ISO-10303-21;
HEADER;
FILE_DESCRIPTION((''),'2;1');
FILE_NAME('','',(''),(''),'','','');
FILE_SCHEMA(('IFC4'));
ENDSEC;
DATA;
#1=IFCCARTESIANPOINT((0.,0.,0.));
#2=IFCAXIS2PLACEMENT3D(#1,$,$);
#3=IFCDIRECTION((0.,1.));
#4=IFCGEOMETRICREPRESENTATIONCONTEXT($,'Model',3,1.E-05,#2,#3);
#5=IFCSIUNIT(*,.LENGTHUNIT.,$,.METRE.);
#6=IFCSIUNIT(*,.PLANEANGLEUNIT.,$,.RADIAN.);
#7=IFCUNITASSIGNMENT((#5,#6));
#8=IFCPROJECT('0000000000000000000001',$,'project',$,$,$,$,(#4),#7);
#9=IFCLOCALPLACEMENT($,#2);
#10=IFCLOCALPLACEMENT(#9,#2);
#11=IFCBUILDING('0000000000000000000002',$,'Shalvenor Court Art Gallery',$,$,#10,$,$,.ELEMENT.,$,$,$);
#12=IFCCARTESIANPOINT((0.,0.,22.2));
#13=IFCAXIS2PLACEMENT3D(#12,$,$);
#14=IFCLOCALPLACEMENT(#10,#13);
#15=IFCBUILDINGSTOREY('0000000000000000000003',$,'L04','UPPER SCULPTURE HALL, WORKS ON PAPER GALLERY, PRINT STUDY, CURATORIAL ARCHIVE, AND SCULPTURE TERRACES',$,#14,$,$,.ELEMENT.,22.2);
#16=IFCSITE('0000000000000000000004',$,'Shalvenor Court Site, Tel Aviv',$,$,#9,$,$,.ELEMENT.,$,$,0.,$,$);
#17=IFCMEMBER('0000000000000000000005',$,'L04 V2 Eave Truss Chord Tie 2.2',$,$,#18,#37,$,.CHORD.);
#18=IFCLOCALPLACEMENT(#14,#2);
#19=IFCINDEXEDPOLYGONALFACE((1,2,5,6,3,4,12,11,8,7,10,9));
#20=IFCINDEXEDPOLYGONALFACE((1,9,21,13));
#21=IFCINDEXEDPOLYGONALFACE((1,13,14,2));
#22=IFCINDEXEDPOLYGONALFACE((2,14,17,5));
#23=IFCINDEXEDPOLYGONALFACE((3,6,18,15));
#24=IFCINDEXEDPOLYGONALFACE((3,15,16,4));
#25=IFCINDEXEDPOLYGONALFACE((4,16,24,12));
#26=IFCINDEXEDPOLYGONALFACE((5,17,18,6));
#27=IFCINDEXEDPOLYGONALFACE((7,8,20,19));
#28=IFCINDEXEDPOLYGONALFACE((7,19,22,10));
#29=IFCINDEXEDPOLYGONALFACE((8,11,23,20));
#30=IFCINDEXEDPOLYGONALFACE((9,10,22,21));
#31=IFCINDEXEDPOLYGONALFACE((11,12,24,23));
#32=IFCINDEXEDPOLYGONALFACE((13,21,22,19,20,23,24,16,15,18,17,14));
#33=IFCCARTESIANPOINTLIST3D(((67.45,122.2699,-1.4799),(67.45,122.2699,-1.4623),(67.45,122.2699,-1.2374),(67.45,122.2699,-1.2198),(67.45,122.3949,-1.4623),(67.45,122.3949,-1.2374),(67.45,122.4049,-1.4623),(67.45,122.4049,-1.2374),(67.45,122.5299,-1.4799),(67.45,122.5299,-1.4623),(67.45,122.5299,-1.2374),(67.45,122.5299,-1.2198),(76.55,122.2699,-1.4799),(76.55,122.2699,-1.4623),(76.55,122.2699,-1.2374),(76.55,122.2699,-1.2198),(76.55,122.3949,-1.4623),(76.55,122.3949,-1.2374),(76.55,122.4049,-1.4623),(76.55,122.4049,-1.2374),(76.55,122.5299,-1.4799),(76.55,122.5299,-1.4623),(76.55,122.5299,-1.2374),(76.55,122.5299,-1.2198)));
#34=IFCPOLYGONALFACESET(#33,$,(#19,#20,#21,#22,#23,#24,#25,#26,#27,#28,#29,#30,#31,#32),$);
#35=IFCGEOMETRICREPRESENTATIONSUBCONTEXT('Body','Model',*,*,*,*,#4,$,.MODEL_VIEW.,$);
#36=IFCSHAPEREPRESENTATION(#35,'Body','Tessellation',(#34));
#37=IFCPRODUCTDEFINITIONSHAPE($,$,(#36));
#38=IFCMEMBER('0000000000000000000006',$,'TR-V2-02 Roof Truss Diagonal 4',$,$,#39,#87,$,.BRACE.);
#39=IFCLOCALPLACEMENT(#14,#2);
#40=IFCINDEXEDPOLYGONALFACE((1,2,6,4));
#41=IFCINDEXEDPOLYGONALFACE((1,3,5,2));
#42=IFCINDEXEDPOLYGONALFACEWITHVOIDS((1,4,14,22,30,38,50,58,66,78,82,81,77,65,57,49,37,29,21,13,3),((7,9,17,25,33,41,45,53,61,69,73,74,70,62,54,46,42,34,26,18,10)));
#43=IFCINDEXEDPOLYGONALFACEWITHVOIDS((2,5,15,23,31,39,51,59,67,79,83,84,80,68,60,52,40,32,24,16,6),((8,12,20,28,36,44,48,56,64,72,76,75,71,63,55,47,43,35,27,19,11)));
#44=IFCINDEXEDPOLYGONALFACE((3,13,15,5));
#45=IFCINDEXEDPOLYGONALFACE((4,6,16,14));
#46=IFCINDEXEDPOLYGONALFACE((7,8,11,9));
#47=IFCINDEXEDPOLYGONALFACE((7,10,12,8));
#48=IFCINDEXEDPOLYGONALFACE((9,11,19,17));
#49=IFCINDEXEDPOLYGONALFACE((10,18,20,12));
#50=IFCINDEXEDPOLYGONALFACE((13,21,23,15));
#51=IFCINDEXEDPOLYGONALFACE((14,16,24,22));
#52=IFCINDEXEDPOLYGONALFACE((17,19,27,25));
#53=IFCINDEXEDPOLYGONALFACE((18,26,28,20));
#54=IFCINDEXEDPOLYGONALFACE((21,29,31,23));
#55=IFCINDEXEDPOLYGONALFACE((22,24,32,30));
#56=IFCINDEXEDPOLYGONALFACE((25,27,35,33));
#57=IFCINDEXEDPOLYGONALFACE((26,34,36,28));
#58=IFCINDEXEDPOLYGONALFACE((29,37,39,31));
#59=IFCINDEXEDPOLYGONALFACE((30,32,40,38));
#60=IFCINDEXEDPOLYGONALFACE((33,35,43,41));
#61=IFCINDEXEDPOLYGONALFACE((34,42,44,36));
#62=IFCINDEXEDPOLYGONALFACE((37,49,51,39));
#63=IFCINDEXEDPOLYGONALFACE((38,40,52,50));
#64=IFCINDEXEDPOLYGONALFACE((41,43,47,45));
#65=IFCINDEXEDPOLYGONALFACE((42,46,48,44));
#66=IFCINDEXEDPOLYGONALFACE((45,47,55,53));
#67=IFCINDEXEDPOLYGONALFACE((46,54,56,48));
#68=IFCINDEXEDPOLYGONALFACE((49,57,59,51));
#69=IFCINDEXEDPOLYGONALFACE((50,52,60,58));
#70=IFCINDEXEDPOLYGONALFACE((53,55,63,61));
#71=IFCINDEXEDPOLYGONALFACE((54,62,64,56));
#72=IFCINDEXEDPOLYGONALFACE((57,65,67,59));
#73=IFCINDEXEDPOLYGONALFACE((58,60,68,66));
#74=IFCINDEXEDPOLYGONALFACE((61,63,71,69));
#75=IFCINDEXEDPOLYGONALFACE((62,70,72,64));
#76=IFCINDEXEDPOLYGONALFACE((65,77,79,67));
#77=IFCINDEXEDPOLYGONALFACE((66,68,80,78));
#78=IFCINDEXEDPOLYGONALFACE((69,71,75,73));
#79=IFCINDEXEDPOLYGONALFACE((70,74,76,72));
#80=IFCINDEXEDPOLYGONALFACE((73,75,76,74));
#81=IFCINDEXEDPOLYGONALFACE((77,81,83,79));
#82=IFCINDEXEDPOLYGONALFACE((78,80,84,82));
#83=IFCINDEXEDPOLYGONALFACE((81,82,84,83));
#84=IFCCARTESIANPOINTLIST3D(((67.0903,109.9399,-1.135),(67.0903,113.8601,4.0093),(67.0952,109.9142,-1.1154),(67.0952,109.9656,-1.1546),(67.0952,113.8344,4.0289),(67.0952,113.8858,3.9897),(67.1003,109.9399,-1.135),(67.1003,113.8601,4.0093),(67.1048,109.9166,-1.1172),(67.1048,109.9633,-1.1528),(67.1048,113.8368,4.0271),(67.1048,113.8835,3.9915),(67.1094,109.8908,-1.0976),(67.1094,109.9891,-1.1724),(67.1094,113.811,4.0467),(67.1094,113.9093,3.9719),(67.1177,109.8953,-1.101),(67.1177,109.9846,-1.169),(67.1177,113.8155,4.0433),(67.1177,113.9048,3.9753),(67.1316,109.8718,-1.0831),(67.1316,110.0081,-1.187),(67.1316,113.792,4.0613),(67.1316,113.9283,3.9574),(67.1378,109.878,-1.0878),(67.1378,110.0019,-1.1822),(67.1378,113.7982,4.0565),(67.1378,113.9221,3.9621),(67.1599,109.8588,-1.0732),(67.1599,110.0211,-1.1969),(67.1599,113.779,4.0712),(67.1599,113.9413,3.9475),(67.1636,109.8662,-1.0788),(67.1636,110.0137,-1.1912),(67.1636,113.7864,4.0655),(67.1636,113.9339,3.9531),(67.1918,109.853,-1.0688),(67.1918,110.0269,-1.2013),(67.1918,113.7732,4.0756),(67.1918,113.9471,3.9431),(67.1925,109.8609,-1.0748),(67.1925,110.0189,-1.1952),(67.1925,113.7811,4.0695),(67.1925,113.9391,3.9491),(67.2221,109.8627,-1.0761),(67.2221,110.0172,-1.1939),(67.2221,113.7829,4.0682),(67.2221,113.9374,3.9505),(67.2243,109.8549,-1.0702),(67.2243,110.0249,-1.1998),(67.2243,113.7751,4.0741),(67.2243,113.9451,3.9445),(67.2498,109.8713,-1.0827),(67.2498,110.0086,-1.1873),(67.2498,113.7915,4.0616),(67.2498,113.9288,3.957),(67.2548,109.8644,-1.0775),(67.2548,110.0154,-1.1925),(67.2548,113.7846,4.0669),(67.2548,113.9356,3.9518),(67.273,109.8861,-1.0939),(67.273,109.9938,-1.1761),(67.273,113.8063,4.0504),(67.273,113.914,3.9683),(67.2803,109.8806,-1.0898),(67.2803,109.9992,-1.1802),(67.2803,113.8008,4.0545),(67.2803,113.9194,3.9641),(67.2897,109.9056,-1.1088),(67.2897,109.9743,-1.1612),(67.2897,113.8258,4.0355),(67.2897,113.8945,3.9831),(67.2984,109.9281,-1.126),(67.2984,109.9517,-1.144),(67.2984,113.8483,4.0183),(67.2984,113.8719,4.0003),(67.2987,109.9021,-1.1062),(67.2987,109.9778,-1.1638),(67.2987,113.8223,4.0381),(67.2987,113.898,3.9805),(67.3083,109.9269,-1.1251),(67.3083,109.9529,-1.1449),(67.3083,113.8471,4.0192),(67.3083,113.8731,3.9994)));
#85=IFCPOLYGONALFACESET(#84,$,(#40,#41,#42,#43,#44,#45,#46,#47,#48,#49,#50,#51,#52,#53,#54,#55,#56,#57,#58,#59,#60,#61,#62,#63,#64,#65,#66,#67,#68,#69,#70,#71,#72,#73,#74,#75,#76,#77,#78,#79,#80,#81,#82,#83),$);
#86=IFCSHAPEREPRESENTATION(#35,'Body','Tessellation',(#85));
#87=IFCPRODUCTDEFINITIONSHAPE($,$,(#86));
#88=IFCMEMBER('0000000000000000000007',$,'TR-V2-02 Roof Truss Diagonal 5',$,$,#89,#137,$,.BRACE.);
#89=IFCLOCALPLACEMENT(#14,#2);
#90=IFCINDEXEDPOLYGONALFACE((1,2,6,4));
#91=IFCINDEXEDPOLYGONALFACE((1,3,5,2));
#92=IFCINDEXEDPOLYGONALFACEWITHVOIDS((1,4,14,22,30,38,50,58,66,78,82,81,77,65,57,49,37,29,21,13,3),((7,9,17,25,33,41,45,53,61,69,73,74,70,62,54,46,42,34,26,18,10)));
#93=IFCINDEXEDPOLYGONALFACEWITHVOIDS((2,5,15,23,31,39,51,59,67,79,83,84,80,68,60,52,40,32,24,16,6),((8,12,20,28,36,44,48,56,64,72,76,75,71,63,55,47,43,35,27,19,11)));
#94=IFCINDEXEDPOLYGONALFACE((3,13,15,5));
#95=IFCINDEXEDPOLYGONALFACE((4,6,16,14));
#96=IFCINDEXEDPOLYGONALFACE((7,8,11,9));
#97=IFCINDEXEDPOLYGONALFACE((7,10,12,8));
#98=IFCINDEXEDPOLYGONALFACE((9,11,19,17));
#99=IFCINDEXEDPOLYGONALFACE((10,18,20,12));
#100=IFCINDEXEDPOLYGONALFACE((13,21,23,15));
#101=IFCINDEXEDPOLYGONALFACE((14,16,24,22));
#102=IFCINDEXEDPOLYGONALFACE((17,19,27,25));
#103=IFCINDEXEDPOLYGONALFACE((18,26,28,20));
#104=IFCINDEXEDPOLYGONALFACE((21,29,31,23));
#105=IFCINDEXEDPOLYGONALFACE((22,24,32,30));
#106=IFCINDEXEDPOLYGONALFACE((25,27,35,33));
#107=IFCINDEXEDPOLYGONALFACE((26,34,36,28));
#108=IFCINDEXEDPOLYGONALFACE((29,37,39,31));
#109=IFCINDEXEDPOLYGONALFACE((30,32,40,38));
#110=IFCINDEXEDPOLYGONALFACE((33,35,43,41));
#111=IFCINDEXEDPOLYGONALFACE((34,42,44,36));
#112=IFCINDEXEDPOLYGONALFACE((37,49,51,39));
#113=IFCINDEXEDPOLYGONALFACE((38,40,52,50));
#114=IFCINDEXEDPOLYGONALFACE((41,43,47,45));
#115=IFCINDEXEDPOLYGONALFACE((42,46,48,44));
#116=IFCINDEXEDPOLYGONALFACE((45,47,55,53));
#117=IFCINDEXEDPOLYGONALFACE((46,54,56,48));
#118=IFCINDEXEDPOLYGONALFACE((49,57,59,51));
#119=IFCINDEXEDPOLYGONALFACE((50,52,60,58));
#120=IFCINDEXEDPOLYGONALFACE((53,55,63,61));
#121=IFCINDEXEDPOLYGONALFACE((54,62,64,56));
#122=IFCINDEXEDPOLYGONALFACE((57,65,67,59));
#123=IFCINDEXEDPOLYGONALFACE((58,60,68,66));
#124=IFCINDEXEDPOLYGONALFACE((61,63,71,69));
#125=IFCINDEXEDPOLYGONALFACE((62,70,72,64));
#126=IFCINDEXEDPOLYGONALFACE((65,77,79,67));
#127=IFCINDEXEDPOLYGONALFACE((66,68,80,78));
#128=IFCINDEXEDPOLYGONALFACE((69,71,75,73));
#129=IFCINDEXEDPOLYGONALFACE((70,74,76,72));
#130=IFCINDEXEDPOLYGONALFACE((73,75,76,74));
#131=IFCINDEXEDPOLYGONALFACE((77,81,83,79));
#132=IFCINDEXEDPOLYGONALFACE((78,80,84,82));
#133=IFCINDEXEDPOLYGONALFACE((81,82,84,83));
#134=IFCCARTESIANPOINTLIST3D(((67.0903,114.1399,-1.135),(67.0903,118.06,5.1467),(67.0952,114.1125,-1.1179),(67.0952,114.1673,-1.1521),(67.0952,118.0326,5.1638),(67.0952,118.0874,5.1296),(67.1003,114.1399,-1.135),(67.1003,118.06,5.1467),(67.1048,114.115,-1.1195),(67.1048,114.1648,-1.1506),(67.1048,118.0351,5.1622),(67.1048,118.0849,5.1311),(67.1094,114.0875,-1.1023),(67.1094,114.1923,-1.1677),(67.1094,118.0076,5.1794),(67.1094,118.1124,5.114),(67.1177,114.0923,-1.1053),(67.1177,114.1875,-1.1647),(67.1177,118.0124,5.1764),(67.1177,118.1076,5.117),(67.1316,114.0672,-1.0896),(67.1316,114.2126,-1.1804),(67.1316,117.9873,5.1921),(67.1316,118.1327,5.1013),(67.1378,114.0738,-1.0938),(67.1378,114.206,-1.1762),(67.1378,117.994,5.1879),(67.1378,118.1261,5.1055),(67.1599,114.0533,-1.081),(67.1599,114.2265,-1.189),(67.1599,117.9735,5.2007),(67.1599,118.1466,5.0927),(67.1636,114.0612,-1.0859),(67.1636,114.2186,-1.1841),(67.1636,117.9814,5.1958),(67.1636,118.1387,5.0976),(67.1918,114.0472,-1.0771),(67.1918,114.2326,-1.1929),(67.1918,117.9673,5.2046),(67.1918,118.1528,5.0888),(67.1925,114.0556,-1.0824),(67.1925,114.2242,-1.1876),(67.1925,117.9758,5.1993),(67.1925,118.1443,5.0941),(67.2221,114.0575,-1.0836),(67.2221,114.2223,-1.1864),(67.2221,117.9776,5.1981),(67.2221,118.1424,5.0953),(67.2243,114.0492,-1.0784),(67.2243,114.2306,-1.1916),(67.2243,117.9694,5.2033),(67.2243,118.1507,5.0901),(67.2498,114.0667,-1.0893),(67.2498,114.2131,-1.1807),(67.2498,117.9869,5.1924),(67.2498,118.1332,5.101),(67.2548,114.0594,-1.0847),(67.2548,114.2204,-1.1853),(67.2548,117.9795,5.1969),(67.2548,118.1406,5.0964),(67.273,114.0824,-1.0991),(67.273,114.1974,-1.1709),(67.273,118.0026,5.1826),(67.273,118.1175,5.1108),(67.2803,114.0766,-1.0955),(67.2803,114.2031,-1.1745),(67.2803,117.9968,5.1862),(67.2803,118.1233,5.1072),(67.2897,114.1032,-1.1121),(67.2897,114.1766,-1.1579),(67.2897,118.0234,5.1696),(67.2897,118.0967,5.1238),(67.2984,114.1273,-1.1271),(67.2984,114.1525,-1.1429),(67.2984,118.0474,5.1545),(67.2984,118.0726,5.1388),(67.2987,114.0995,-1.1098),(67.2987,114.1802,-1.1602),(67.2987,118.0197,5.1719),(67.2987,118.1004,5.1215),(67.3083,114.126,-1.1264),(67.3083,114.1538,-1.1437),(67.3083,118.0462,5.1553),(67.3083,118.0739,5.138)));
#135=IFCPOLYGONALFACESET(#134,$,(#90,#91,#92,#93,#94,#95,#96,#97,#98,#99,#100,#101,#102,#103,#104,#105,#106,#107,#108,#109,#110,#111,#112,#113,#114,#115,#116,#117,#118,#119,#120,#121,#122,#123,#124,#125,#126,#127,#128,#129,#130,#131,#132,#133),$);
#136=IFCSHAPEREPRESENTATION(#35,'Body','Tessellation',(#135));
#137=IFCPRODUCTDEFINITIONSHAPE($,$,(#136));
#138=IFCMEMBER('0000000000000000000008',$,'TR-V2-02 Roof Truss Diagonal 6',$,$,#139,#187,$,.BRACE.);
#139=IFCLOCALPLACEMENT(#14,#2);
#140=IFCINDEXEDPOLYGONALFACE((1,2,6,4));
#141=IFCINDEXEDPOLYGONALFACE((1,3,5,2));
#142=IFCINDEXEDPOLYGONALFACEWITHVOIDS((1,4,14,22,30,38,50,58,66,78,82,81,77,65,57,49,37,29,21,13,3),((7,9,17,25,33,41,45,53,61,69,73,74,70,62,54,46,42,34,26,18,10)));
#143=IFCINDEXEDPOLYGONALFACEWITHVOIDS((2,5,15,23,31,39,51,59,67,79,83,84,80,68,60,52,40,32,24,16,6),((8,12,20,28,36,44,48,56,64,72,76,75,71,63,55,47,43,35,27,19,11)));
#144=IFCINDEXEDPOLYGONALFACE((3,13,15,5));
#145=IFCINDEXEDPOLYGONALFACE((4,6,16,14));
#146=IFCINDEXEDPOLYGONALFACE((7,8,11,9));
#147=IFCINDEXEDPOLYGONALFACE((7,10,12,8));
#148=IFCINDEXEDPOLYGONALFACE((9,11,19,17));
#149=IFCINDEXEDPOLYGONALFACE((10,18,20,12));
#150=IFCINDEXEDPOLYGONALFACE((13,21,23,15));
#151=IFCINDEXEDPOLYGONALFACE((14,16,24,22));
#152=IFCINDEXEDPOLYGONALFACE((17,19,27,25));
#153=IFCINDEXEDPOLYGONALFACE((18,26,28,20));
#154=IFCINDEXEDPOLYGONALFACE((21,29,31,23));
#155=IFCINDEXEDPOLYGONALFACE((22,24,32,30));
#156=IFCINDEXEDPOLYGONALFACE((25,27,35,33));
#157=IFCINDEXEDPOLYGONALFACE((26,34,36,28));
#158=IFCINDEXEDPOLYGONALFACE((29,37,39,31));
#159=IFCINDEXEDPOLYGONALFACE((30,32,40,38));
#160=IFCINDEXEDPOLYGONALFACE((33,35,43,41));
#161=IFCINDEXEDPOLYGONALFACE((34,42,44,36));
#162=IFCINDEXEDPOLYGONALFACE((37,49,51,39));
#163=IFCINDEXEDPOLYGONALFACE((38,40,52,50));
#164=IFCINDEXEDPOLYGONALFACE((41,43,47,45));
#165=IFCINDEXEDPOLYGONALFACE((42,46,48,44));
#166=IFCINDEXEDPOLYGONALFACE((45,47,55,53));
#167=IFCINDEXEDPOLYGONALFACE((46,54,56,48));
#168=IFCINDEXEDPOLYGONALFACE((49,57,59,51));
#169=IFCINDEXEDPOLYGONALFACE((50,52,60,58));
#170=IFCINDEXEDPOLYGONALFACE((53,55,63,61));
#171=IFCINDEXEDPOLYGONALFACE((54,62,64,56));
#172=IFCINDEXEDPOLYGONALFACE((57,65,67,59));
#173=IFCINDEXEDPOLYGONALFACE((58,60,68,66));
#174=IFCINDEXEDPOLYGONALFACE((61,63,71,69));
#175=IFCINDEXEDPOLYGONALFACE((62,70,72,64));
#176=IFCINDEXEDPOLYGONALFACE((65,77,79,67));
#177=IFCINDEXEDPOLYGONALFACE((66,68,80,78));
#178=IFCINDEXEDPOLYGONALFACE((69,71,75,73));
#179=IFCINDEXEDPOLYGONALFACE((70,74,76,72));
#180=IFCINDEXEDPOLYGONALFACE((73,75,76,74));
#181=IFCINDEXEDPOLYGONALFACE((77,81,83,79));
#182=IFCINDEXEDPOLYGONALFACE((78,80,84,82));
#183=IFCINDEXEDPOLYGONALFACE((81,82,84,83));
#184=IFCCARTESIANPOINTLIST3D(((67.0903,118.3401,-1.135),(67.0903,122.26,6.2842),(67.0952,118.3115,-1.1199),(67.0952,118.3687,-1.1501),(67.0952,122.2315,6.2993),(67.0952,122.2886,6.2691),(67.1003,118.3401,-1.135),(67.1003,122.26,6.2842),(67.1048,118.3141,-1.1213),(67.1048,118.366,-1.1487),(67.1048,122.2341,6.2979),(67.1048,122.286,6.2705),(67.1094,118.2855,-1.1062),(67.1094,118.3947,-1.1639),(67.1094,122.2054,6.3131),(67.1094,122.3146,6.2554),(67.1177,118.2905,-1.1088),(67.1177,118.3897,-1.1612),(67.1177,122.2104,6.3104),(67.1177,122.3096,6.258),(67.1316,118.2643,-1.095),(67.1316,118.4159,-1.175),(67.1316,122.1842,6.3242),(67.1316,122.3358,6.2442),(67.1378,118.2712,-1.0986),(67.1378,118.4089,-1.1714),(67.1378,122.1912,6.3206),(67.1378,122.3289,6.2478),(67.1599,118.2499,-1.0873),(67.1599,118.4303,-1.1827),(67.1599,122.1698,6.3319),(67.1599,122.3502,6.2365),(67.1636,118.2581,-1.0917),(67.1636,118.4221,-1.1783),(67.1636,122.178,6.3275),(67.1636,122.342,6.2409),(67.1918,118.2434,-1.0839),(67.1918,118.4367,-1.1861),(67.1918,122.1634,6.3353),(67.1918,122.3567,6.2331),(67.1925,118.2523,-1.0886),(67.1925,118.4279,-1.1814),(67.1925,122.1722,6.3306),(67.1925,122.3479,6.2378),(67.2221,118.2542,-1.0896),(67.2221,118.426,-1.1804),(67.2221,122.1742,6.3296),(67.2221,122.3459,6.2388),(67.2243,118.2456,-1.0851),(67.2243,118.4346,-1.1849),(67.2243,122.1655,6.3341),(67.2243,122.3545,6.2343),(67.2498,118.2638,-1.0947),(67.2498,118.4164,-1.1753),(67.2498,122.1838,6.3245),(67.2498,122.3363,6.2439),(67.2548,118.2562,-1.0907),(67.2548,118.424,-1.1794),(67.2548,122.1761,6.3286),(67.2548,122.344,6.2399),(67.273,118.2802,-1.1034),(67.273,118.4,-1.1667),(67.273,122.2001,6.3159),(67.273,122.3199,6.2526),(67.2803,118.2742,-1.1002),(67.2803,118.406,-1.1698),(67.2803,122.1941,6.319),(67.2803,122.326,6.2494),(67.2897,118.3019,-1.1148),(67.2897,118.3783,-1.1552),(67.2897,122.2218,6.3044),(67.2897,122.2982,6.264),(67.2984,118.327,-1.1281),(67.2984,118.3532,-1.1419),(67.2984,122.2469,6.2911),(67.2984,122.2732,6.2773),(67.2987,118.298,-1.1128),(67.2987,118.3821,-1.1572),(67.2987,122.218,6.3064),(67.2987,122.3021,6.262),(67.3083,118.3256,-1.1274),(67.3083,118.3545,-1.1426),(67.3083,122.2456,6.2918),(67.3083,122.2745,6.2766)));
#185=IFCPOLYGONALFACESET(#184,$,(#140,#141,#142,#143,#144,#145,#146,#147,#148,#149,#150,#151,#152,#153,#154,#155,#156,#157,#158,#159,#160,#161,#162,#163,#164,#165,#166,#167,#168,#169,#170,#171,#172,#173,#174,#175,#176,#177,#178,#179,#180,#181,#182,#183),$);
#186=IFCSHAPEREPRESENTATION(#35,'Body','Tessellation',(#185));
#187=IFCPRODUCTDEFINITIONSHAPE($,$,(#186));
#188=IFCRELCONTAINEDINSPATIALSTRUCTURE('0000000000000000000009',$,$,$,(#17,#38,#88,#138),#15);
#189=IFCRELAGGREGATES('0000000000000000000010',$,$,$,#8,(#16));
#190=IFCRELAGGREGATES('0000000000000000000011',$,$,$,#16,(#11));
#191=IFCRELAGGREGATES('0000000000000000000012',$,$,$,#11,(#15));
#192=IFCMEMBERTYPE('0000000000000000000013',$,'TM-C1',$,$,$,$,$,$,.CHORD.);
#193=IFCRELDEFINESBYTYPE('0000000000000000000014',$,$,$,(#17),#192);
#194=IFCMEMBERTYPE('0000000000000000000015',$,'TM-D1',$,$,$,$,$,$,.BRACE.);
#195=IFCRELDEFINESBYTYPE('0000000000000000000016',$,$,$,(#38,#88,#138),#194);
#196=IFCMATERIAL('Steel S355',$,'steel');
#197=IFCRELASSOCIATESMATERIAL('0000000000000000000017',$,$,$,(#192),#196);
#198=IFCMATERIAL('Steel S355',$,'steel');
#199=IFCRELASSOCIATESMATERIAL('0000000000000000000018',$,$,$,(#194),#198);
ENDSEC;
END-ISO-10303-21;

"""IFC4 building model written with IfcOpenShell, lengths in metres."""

from ifc_helpers import new_model, si_unit, direction, frame, origin, origin_2d, place, context, subcontext, project, spatial, hollow_circle, i_section, extrude, material, material_profile, profile_set, type_object, element, save


model = new_model("IFC4")

# Units and contexts
model_context = context("Model", 3, precision=1e-05, world=origin(), true_north=direction((0.0, 1.0)))
body_context = subcontext(model_context, "Body", "Model", "MODEL_VIEW")
ifc_project = project(units=[si_unit("LENGTHUNIT", "METRE"), si_unit("PLANEANGLEUNIT", "RADIAN")], contexts=[model_context])

# Site, building, storey
site_placement = place(None, origin())
site = spatial("IfcSite", under=ifc_project, at=site_placement, Name="Shalvenor Court Site, Tel Aviv", CompositionType="ELEMENT", RefElevation=0.0)
building_placement = place(site_placement, origin())
building = spatial("IfcBuilding", under=site, at=building_placement, Name="Shalvenor Court Art Gallery", CompositionType="ELEMENT")
storey_placement = place(building_placement, frame((0.0, 0.0, 22.2)))
storey = spatial("IfcBuildingStorey", under=building, at=storey_placement, Name="L04", Description="UPPER SCULPTURE HALL, WORKS ON PAPER GALLERY, PRINT STUDY, CURATORIAL ARCHIVE, AND SCULPTURE TERRACES", CompositionType="ELEMENT", Elevation=22.2)

# Members
ifc_material_1 = material(Name="Steel S355", Category="steel")
ifc_material_profile_1 = material_profile(ifc_material_1, i_section(OverallWidth=0.26, OverallDepth=0.26, WebThickness=0.01, FlangeThickness=0.0176, at=origin_2d()), Name="HEB 260")
ifc_profile_set_1 = profile_set([ifc_material_profile_1], Name="Steel S355")
member_type_1 = type_object("IfcMemberType", Name="TM-C1", PredefinedType="CHORD", material=ifc_profile_set_1)
member_1_placement = place(storey_placement, frame((67.45, 122.3999, -1.3499), z_axis=(1.0, 0.0, 0.0), x_axis=(0.0, 1.0, 0.0)))
element("IfcMember", 1, at=member_1_placement, inside=storey, type_object=member_type_1, Name="L04 V2 Eave Truss Chord Tie 2.2", PredefinedType="CHORD", context=body_context, shape_type="SweptSolid", body=[
    extrude(i_section(OverallWidth=0.26, OverallDepth=0.26, WebThickness=0.01, FlangeThickness=0.0176, at=origin_2d()), origin(), (0.0, 0.0, 1.0), 9.1001),
])
ifc_material_2 = material(Name="Steel S355", Category="steel")
ifc_material_profile_2 = material_profile(ifc_material_2, hollow_circle(Radius=0.1096, WallThickness=0.01, at=origin_2d()), Name="CHS 219.1x10.0")
ifc_profile_set_2 = profile_set([ifc_material_profile_2], Name="Steel S355")
member_type_2 = type_object("IfcMemberType", Name="TM-D1", PredefinedType="BRACE", material=ifc_profile_set_2)
member_2_placement = place(storey_placement, frame((67.2, 109.9399, -1.135), z_axis=(0.0, 0.606113, 0.795379), x_axis=(-1.0, 0.0, 0.0)))
element("IfcMember", 2, at=member_2_placement, inside=storey, type_object=member_type_2, Name="TR-V2-02 Roof Truss Diagonal 4", PredefinedType="BRACE", context=body_context, shape_type="SweptSolid", body=[
    extrude(hollow_circle(Radius=0.1096, WallThickness=0.01, at=origin_2d()), origin(), (0.0, 0.0, 1.0), 6.4678),
])
member_3_placement = place(storey_placement, frame((67.2, 114.1399, -1.135), z_axis=(0.0, 0.529424, 0.848357), x_axis=(-1.0, 0.0, 0.0)))
element("IfcMember", 3, at=member_3_placement, inside=storey, type_object=member_type_2, Name="TR-V2-02 Roof Truss Diagonal 5", PredefinedType="BRACE", context=body_context, shape_type="SweptSolid", body=[
    extrude(hollow_circle(Radius=0.1096, WallThickness=0.01, at=origin_2d()), origin(), (0.0, 0.0, 1.0), 7.4045),
])
member_4_placement = place(storey_placement, frame((67.2, 118.3401, -1.135), z_axis=(0.0, 0.467154, 0.884176), x_axis=(-1.0, 0.0, 0.0)))
element("IfcMember", 4, at=member_4_placement, inside=storey, type_object=member_type_2, Name="TR-V2-02 Roof Truss Diagonal 6", PredefinedType="BRACE", context=body_context, shape_type="SweptSolid", body=[
    extrude(hollow_circle(Radius=0.1096, WallThickness=0.01, at=origin_2d()), origin(), (0.0, 0.0, 1.0), 8.3911),
])

save(model, "model.ifc")
